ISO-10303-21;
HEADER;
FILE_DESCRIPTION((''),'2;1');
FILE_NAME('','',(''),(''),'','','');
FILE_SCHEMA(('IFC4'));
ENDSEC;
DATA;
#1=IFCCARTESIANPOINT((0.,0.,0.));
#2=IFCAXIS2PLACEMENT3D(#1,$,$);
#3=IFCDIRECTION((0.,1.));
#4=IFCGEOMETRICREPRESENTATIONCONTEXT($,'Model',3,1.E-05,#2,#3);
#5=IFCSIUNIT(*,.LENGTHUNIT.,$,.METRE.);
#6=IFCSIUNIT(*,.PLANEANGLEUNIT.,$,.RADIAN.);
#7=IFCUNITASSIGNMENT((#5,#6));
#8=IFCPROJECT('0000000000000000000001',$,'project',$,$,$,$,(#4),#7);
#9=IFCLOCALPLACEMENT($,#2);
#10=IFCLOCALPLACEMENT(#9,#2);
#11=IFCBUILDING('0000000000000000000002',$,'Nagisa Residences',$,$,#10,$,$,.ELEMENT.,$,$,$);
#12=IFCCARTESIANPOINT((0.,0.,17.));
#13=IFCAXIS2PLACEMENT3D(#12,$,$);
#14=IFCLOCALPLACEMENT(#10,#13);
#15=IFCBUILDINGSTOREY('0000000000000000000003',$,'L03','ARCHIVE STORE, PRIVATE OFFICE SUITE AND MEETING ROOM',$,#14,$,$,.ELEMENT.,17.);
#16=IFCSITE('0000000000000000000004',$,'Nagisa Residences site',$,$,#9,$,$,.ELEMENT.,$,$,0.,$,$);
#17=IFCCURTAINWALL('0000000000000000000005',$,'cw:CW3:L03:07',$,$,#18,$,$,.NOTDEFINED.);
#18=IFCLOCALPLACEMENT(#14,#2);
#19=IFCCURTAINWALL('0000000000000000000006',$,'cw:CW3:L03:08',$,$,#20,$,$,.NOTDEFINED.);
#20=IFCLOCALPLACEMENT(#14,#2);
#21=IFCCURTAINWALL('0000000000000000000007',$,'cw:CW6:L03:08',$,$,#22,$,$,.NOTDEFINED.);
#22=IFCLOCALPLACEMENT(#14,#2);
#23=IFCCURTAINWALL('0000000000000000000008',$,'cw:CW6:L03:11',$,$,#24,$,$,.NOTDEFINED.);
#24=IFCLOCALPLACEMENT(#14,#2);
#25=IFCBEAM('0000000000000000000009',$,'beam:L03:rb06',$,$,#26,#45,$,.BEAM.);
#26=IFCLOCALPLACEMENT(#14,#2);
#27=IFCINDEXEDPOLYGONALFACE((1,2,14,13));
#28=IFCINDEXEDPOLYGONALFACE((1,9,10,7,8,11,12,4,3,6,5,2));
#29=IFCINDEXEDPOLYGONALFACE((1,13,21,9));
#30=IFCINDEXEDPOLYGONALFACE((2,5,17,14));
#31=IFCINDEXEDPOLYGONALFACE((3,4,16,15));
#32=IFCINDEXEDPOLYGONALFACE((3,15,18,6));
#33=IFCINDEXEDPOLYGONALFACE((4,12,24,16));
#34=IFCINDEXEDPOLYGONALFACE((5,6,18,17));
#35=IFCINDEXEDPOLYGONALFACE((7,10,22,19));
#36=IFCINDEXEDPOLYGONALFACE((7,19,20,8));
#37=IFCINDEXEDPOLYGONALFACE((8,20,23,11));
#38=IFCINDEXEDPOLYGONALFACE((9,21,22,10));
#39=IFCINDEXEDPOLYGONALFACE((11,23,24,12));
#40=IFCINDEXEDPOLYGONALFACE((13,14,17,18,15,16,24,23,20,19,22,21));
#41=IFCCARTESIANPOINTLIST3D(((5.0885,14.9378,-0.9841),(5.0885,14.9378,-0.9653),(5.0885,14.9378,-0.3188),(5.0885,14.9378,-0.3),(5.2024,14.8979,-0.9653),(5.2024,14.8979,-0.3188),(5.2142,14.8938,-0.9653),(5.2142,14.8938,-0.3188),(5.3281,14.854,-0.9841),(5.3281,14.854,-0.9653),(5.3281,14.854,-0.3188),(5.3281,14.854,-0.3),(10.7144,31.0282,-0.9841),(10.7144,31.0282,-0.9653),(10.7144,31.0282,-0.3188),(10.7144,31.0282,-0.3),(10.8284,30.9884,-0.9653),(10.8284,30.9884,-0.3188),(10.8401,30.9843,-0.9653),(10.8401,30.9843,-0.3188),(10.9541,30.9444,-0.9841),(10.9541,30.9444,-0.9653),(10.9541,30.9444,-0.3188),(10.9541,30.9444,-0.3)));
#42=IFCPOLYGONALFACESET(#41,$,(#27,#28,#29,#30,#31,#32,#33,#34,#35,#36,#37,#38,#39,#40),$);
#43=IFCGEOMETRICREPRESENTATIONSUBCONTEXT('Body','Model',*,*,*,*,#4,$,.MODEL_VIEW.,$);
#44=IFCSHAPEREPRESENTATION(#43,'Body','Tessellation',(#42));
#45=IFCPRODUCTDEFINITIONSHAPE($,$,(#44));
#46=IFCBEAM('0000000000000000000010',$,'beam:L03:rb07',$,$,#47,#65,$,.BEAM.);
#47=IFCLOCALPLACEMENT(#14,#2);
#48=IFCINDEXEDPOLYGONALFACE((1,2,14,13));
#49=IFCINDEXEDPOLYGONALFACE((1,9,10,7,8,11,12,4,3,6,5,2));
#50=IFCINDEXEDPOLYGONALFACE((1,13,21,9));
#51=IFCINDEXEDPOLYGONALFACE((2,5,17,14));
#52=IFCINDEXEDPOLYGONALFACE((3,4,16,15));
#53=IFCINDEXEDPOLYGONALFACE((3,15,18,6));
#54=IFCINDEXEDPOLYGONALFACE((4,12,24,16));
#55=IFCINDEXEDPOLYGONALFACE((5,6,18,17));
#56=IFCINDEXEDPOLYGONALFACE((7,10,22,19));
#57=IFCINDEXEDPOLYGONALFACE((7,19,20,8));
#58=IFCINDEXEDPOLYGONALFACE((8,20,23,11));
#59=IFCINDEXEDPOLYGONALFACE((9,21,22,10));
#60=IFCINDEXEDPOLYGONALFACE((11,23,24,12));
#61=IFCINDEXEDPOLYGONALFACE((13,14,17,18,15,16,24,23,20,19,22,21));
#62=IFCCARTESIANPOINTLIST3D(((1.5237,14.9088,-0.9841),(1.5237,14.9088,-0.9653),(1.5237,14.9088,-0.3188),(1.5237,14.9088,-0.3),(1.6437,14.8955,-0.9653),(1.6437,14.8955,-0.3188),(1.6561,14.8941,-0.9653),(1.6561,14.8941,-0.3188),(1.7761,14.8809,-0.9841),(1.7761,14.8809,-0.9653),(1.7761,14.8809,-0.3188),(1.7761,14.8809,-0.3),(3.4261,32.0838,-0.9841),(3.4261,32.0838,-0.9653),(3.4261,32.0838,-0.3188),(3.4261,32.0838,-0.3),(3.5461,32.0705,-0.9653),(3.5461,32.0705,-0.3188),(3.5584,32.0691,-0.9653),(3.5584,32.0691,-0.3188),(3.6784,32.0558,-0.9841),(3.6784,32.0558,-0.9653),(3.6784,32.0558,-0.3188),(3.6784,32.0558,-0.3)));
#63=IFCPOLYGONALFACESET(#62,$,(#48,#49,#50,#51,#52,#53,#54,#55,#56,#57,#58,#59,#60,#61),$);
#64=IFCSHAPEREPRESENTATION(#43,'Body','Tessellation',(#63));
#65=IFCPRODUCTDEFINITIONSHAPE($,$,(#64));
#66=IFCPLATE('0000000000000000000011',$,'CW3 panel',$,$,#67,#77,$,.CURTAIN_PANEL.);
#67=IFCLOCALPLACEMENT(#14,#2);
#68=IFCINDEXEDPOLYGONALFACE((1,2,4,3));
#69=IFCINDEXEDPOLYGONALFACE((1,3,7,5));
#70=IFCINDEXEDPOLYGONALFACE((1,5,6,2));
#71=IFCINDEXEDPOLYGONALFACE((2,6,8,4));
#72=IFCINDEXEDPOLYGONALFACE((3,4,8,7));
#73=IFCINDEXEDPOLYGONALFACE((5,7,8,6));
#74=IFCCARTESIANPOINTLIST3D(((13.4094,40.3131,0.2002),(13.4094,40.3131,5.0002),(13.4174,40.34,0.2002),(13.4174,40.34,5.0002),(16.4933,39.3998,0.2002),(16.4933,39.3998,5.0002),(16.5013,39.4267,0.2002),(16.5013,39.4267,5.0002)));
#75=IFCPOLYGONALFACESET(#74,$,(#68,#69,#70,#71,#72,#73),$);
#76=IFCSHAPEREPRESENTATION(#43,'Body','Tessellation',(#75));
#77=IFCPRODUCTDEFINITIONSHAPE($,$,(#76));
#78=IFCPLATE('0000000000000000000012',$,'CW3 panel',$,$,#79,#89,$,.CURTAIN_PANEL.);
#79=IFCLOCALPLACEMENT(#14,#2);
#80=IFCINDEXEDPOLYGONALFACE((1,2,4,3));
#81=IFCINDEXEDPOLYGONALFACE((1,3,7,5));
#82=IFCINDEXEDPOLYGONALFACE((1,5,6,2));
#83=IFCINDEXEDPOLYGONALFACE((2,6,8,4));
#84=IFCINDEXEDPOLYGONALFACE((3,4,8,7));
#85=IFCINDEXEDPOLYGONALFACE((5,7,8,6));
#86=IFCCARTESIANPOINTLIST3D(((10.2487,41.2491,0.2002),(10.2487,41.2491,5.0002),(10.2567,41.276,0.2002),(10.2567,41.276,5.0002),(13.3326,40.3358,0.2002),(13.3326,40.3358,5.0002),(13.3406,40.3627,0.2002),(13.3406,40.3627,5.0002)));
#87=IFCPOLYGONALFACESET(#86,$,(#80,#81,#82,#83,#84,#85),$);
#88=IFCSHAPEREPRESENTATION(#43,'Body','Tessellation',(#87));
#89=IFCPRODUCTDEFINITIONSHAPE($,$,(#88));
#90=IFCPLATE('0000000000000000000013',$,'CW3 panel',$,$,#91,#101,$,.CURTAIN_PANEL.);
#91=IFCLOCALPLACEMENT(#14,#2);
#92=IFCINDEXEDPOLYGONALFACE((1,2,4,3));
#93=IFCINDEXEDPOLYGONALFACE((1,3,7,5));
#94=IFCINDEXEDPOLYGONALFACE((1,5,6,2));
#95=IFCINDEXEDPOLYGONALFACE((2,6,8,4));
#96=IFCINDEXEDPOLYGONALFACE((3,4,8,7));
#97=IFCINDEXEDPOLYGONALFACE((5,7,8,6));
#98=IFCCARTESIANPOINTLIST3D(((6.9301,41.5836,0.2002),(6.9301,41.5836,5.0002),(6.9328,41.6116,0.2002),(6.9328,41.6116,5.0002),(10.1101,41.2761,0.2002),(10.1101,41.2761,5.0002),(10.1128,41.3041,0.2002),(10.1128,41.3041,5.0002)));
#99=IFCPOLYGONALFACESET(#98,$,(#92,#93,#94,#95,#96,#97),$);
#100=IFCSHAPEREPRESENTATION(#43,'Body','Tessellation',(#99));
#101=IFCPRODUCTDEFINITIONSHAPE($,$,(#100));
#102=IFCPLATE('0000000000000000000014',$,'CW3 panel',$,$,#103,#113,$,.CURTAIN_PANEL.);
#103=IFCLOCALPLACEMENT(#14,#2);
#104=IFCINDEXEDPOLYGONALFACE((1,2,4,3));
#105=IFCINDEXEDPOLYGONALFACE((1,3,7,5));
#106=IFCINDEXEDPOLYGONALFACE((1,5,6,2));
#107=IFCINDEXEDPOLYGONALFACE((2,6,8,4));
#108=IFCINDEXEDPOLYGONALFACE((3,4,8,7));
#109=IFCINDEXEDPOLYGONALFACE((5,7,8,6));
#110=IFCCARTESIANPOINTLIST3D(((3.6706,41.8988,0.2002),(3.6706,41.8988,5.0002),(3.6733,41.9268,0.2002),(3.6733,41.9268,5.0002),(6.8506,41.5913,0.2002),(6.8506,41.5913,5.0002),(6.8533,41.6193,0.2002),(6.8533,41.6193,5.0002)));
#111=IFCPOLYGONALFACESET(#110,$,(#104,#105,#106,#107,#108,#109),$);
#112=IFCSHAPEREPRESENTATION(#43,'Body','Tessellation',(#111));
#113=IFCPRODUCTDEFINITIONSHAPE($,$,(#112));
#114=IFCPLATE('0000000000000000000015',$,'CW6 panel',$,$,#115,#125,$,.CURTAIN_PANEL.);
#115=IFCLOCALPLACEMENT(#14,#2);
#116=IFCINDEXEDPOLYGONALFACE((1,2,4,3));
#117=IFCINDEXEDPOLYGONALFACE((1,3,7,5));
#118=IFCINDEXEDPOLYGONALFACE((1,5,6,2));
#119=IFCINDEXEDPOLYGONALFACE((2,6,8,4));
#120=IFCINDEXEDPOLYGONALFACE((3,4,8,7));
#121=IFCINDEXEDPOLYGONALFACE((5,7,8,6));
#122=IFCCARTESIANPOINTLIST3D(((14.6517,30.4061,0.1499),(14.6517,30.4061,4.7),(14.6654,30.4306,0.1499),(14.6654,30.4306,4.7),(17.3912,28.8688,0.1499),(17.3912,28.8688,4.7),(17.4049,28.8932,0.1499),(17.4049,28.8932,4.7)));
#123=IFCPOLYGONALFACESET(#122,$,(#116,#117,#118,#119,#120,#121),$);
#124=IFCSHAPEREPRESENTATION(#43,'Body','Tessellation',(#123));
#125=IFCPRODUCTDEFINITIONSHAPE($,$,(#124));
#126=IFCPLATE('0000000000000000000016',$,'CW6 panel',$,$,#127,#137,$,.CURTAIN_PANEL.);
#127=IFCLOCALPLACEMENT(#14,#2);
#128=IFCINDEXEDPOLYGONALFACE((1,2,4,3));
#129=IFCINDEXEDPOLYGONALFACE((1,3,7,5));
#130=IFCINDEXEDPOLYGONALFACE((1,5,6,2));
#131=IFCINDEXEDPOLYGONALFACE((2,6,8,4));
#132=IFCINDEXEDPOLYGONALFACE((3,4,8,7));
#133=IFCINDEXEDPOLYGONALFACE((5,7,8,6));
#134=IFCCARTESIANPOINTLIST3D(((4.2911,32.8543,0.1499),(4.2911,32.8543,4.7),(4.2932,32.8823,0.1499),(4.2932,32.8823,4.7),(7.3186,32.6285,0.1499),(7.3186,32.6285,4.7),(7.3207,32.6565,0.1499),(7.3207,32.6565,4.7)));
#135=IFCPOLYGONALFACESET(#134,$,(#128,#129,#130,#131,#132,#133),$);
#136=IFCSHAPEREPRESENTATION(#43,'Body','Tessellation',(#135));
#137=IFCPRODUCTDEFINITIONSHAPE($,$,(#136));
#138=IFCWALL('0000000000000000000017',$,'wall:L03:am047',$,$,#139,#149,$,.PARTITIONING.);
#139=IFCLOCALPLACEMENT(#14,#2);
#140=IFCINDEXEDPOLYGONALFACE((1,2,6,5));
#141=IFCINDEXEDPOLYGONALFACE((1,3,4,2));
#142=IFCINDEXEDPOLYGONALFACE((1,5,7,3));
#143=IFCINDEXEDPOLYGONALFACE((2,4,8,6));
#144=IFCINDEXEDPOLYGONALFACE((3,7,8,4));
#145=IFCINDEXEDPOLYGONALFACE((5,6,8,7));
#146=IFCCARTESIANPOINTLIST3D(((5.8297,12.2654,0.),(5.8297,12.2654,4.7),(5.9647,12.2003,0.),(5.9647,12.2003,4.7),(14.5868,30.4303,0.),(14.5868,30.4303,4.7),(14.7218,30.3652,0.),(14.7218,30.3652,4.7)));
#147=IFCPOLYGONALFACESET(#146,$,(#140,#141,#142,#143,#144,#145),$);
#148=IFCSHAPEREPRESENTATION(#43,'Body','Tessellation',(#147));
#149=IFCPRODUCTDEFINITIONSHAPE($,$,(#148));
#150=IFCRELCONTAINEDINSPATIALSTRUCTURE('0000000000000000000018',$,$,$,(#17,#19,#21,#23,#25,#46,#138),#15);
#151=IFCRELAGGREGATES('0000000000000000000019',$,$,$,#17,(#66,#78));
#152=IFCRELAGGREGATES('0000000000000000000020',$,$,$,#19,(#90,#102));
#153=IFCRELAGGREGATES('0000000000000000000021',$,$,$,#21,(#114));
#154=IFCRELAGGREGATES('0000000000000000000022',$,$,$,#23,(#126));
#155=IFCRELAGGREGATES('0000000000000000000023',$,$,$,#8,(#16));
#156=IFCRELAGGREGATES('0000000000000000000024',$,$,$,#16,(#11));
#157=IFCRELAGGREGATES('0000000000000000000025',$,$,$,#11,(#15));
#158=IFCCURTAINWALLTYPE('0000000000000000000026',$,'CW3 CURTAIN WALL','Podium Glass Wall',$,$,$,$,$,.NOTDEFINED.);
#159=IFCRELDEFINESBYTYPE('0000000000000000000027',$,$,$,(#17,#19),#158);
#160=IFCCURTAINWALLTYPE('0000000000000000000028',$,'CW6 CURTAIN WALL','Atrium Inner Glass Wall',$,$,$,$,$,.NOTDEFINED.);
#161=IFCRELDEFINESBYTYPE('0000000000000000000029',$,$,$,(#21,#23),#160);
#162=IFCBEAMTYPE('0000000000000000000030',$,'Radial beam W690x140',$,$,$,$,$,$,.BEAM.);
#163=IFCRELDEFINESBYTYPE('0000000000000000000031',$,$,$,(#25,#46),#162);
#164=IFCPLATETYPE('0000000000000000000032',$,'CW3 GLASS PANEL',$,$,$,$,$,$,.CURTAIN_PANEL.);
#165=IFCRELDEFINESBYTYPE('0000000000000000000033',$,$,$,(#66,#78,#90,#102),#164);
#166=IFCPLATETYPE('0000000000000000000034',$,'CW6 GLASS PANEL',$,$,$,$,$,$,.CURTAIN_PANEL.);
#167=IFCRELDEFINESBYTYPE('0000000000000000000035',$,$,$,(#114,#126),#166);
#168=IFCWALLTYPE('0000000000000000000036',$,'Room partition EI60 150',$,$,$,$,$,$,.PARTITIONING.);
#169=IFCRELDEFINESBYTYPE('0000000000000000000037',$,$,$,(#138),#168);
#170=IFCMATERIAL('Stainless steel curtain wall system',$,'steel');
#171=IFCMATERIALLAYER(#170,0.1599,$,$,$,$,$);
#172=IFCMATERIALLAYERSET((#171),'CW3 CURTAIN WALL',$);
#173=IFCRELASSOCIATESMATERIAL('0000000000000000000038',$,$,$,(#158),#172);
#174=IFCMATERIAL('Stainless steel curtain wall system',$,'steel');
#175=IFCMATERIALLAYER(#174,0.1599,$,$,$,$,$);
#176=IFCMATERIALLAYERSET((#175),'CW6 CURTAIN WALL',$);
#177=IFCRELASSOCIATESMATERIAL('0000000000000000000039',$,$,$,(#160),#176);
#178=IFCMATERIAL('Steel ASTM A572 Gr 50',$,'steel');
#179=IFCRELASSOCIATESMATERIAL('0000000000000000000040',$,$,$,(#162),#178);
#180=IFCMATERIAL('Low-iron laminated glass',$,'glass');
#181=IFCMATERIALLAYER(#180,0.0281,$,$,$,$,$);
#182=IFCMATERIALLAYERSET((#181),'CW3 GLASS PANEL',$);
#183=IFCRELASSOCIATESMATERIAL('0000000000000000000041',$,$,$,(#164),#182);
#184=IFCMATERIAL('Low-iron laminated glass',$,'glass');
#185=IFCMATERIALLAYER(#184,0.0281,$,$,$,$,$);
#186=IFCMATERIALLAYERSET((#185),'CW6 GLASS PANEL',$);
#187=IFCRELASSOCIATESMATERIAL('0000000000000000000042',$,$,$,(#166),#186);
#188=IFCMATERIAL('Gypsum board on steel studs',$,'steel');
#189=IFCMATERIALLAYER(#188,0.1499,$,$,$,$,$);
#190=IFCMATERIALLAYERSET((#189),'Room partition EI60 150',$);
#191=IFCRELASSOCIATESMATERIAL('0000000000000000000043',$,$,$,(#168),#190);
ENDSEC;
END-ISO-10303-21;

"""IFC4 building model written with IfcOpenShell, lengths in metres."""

from ifc_helpers import new_model, si_unit, direction, frame, frame_2d, origin, origin_2d, place, context, subcontext, project, spatial, rectangle, i_section, extrude, material, layer, layer_set, material_profile, profile_set, type_object, element, aggregate, save


model = new_model("IFC4")

# Units and contexts
model_context = context("Model", 3, precision=1e-05, world=origin(), true_north=direction((0.0, 1.0)))
body_context = subcontext(model_context, "Body", "Model", "MODEL_VIEW")
ifc_project = project(units=[si_unit("LENGTHUNIT", "METRE"), si_unit("PLANEANGLEUNIT", "RADIAN")], contexts=[model_context])

# Site, building, storey
site_placement = place(None, origin())
site = spatial("IfcSite", under=ifc_project, at=site_placement, Name="Nagisa Residences site", CompositionType="ELEMENT", RefElevation=0.0)
building_placement = place(site_placement, origin())
building = spatial("IfcBuilding", under=site, at=building_placement, Name="Nagisa Residences", CompositionType="ELEMENT")
storey_placement = place(building_placement, frame((0.0, 0.0, 17.0)))
storey = spatial("IfcBuildingStorey", under=building, at=storey_placement, Name="L03", Description="ARCHIVE STORE, PRIVATE OFFICE SUITE AND MEETING ROOM", CompositionType="ELEMENT", Elevation=17.0)

# Shared definitions
ifc_material_1 = material(Name="Stainless steel curtain wall system", Category="steel")
ifc_layer_1 = layer(ifc_material_1, 0.1599)
ifc_layer_set_1 = layer_set([ifc_layer_1], Name="CW3 CURTAIN WALL")
curtain_wall_type_1 = type_object("IfcCurtainWallType", Name="CW3 CURTAIN WALL", Description="Podium Glass Wall", PredefinedType="NOTDEFINED", material=ifc_layer_set_1)

# Curtain walls
curtain_wall_1_placement = place(storey_placement, origin())
curtain_wall_1 = element("IfcCurtainWall", 1, at=curtain_wall_1_placement, inside=storey, type_object=curtain_wall_type_1, Name="cw:CW3:L03:07", PredefinedType="NOTDEFINED")
curtain_wall_2_placement = place(storey_placement, origin())
curtain_wall_2 = element("IfcCurtainWall", 2, at=curtain_wall_2_placement, inside=storey, type_object=curtain_wall_type_1, Name="cw:CW3:L03:08", PredefinedType="NOTDEFINED")

# Curtain wall
ifc_material_2 = material(Name="Stainless steel curtain wall system", Category="steel")
ifc_layer_2 = layer(ifc_material_2, 0.1599)
ifc_layer_set_2 = layer_set([ifc_layer_2], Name="CW6 CURTAIN WALL")
curtain_wall_type_2 = type_object("IfcCurtainWallType", Name="CW6 CURTAIN WALL", Description="Atrium Inner Glass Wall", PredefinedType="NOTDEFINED", material=ifc_layer_set_2)
curtain_wall_3_placement = place(storey_placement, origin())
curtain_wall_3 = element("IfcCurtainWall", 3, at=curtain_wall_3_placement, inside=storey, type_object=curtain_wall_type_2, Name="cw:CW6:L03:08", PredefinedType="NOTDEFINED")

# Curtain wall
curtain_wall_4_placement = place(storey_placement, origin())
curtain_wall_4 = element("IfcCurtainWall", 4, at=curtain_wall_4_placement, inside=storey, type_object=curtain_wall_type_2, Name="cw:CW6:L03:11", PredefinedType="NOTDEFINED")

# Beams
ifc_material_3 = material(Name="Steel ASTM A572 Gr 50", Category="steel")
ifc_material_profile_1 = material_profile(ifc_material_3, i_section(OverallWidth=0.2539, OverallDepth=0.6841, WebThickness=0.0125, FlangeThickness=0.0188, at=origin_2d()), Name="W690x140")
ifc_profile_set_1 = profile_set([ifc_material_profile_1], Name="Steel ASTM A572 Gr 50")
beam_type_1 = type_object("IfcBeamType", Name="Radial beam W690x140", PredefinedType="BEAM", material=ifc_profile_set_1)
beam_1_placement = place(storey_placement, frame((10.8342, 30.9863, -0.6421), z_axis=(-0.330051, -0.943963, 0.0), x_axis=(0.943963, -0.330051, 0.0)))
element("IfcBeam", 5, at=beam_1_placement, inside=storey, type_object=beam_type_1, Name="beam:L03:rb06", PredefinedType="BEAM", context=body_context, shape_type="SweptSolid", body=[
    extrude(i_section(OverallWidth=0.2539, OverallDepth=0.6841, WebThickness=0.0125, FlangeThickness=0.0188, at=origin_2d()), origin(), (0.0, 0.0, 1.0), 17.0457),
])
beam_2_placement = place(storey_placement, frame((3.5522, 32.0698, -0.6421), z_axis=(-0.110089, -0.993922, 0.0), x_axis=(0.993922, -0.110089, 0.0)))
element("IfcBeam", 6, at=beam_2_placement, inside=storey, type_object=beam_type_1, Name="beam:L03:rb07", PredefinedType="BEAM", context=body_context, shape_type="SweptSolid", body=[
    extrude(i_section(OverallWidth=0.2539, OverallDepth=0.6841, WebThickness=0.0125, FlangeThickness=0.0188, at=origin_2d()), origin(), (0.0, 0.0, 1.0), 17.28),
])

# Plates
ifc_material_4 = material(Name="Low-iron laminated glass", Category="glass")
ifc_layer_3 = layer(ifc_material_4, 0.0281)
ifc_layer_set_3 = layer_set([ifc_layer_3], Name="CW3 GLASS PANEL")
plate_type_1 = type_object("IfcPlateType", Name="CW3 GLASS PANEL", PredefinedType="CURTAIN_PANEL", material=ifc_layer_set_3)
plate_1_placement = place(storey_placement, frame((14.9553, 39.8699, 0.2002), z_axis=(0.0, 0.0, 1.0), x_axis=(-0.958835, 0.283963, 0.0)))
plate_1 = element("IfcPlate", 7, at=plate_1_placement, type_object=plate_type_1, Name="CW3 panel", PredefinedType="CURTAIN_PANEL", context=body_context, shape_type="SweptSolid", body=[
    extrude(rectangle(XDim=3.2163, YDim=0.0281, at=origin_2d()), origin(), (0.0, 0.0, 1.0), 4.8),
])
plate_2_placement = place(storey_placement, frame((11.7947, 40.8059, 0.2002), z_axis=(0.0, 0.0, 1.0), x_axis=(-0.958835, 0.283963, 0.0)))
plate_2 = element("IfcPlate", 8, at=plate_2_placement, type_object=plate_type_1, Name="CW3 panel", PredefinedType="CURTAIN_PANEL", context=body_context, shape_type="SweptSolid", body=[
    extrude(rectangle(XDim=3.2163, YDim=0.0281, at=origin_2d()), origin(), (0.0, 0.0, 1.0), 4.8),
])
aggregate(curtain_wall_1, [plate_1, plate_2])
plate_3_placement = place(storey_placement, frame((8.5215, 41.4438, 0.2002), z_axis=(0.0, 0.0, 1.0), x_axis=(-0.995357, 0.096249, 0.0)))
plate_3 = element("IfcPlate", 9, at=plate_3_placement, type_object=plate_type_1, Name="CW3 panel", PredefinedType="CURTAIN_PANEL", context=body_context, shape_type="SweptSolid", body=[
    extrude(rectangle(XDim=3.1948, YDim=0.0281, at=origin_2d()), origin(), (0.0, 0.0, 1.0), 4.8),
])
plate_4_placement = place(storey_placement, frame((5.262, 41.759, 0.2002), z_axis=(0.0, 0.0, 1.0), x_axis=(-0.995357, 0.096249, 0.0)))
plate_4 = element("IfcPlate", 10, at=plate_4_placement, type_object=plate_type_1, Name="CW3 panel", PredefinedType="CURTAIN_PANEL", context=body_context, shape_type="SweptSolid", body=[
    extrude(rectangle(XDim=3.1948, YDim=0.0281, at=origin_2d()), origin(), (0.0, 0.0, 1.0), 4.8),
])
aggregate(curtain_wall_2, [plate_3, plate_4])
ifc_material_5 = material(Name="Low-iron laminated glass", Category="glass")
ifc_layer_4 = layer(ifc_material_5, 0.0281)
ifc_layer_set_4 = layer_set([ifc_layer_4], Name="CW6 GLASS PANEL")
plate_type_2 = type_object("IfcPlateType", Name="CW6 GLASS PANEL", PredefinedType="CURTAIN_PANEL", material=ifc_layer_set_4)
plate_5_placement = place(storey_placement, frame((16.0283, 29.6497, 0.1499), z_axis=(0.0, 0.0, 1.0), x_axis=(-0.872072, 0.489377, 0.0)))
plate_5 = element("IfcPlate", 11, at=plate_5_placement, type_object=plate_type_2, Name="CW6 panel", PredefinedType="CURTAIN_PANEL", context=body_context, shape_type="SweptSolid", body=[
    extrude(rectangle(XDim=3.1414, YDim=0.0281, at=origin_2d()), origin(), (0.0, 0.0, 1.0), 4.55),
])
aggregate(curtain_wall_3, [plate_5])
plate_6_placement = place(storey_placement, frame((5.8059, 32.7554, 0.1499), z_axis=(0.0, 0.0, 1.0), x_axis=(-0.99723, 0.074377, 0.0)))
plate_6 = element("IfcPlate", 12, at=plate_6_placement, type_object=plate_type_2, Name="CW6 panel", PredefinedType="CURTAIN_PANEL", context=body_context, shape_type="SweptSolid", body=[
    extrude(rectangle(XDim=3.0359, YDim=0.0281, at=origin_2d()), origin(), (0.0, 0.0, 1.0), 4.55),
])
aggregate(curtain_wall_4, [plate_6])

# Wall
ifc_material_6 = material(Name="Gypsum board on steel studs", Category="steel")
ifc_layer_5 = layer(ifc_material_6, 0.1499)
ifc_layer_set_5 = layer_set([ifc_layer_5], Name="Room partition EI60 150")
wall_type = type_object("IfcWallType", Name="Room partition EI60 150", PredefinedType="PARTITIONING", material=ifc_layer_set_5)
wall_placement = place(storey_placement, frame((14.6543, 30.3977, 0.0), z_axis=(0.0, 0.0, 1.0), x_axis=(-0.434261, -0.900787, 0.0)))
element("IfcWall", 13, at=wall_placement, inside=storey, type_object=wall_type, Name="wall:L03:am047", PredefinedType="PARTITIONING", context=body_context, shape_type="SweptSolid", body=[
    extrude(rectangle(XDim=20.1655, YDim=0.1499, at=frame_2d((10.0828, 0.0))), origin(), (0.0, 0.0, 1.0), 4.7),
])

save(model, "model.ifc")
